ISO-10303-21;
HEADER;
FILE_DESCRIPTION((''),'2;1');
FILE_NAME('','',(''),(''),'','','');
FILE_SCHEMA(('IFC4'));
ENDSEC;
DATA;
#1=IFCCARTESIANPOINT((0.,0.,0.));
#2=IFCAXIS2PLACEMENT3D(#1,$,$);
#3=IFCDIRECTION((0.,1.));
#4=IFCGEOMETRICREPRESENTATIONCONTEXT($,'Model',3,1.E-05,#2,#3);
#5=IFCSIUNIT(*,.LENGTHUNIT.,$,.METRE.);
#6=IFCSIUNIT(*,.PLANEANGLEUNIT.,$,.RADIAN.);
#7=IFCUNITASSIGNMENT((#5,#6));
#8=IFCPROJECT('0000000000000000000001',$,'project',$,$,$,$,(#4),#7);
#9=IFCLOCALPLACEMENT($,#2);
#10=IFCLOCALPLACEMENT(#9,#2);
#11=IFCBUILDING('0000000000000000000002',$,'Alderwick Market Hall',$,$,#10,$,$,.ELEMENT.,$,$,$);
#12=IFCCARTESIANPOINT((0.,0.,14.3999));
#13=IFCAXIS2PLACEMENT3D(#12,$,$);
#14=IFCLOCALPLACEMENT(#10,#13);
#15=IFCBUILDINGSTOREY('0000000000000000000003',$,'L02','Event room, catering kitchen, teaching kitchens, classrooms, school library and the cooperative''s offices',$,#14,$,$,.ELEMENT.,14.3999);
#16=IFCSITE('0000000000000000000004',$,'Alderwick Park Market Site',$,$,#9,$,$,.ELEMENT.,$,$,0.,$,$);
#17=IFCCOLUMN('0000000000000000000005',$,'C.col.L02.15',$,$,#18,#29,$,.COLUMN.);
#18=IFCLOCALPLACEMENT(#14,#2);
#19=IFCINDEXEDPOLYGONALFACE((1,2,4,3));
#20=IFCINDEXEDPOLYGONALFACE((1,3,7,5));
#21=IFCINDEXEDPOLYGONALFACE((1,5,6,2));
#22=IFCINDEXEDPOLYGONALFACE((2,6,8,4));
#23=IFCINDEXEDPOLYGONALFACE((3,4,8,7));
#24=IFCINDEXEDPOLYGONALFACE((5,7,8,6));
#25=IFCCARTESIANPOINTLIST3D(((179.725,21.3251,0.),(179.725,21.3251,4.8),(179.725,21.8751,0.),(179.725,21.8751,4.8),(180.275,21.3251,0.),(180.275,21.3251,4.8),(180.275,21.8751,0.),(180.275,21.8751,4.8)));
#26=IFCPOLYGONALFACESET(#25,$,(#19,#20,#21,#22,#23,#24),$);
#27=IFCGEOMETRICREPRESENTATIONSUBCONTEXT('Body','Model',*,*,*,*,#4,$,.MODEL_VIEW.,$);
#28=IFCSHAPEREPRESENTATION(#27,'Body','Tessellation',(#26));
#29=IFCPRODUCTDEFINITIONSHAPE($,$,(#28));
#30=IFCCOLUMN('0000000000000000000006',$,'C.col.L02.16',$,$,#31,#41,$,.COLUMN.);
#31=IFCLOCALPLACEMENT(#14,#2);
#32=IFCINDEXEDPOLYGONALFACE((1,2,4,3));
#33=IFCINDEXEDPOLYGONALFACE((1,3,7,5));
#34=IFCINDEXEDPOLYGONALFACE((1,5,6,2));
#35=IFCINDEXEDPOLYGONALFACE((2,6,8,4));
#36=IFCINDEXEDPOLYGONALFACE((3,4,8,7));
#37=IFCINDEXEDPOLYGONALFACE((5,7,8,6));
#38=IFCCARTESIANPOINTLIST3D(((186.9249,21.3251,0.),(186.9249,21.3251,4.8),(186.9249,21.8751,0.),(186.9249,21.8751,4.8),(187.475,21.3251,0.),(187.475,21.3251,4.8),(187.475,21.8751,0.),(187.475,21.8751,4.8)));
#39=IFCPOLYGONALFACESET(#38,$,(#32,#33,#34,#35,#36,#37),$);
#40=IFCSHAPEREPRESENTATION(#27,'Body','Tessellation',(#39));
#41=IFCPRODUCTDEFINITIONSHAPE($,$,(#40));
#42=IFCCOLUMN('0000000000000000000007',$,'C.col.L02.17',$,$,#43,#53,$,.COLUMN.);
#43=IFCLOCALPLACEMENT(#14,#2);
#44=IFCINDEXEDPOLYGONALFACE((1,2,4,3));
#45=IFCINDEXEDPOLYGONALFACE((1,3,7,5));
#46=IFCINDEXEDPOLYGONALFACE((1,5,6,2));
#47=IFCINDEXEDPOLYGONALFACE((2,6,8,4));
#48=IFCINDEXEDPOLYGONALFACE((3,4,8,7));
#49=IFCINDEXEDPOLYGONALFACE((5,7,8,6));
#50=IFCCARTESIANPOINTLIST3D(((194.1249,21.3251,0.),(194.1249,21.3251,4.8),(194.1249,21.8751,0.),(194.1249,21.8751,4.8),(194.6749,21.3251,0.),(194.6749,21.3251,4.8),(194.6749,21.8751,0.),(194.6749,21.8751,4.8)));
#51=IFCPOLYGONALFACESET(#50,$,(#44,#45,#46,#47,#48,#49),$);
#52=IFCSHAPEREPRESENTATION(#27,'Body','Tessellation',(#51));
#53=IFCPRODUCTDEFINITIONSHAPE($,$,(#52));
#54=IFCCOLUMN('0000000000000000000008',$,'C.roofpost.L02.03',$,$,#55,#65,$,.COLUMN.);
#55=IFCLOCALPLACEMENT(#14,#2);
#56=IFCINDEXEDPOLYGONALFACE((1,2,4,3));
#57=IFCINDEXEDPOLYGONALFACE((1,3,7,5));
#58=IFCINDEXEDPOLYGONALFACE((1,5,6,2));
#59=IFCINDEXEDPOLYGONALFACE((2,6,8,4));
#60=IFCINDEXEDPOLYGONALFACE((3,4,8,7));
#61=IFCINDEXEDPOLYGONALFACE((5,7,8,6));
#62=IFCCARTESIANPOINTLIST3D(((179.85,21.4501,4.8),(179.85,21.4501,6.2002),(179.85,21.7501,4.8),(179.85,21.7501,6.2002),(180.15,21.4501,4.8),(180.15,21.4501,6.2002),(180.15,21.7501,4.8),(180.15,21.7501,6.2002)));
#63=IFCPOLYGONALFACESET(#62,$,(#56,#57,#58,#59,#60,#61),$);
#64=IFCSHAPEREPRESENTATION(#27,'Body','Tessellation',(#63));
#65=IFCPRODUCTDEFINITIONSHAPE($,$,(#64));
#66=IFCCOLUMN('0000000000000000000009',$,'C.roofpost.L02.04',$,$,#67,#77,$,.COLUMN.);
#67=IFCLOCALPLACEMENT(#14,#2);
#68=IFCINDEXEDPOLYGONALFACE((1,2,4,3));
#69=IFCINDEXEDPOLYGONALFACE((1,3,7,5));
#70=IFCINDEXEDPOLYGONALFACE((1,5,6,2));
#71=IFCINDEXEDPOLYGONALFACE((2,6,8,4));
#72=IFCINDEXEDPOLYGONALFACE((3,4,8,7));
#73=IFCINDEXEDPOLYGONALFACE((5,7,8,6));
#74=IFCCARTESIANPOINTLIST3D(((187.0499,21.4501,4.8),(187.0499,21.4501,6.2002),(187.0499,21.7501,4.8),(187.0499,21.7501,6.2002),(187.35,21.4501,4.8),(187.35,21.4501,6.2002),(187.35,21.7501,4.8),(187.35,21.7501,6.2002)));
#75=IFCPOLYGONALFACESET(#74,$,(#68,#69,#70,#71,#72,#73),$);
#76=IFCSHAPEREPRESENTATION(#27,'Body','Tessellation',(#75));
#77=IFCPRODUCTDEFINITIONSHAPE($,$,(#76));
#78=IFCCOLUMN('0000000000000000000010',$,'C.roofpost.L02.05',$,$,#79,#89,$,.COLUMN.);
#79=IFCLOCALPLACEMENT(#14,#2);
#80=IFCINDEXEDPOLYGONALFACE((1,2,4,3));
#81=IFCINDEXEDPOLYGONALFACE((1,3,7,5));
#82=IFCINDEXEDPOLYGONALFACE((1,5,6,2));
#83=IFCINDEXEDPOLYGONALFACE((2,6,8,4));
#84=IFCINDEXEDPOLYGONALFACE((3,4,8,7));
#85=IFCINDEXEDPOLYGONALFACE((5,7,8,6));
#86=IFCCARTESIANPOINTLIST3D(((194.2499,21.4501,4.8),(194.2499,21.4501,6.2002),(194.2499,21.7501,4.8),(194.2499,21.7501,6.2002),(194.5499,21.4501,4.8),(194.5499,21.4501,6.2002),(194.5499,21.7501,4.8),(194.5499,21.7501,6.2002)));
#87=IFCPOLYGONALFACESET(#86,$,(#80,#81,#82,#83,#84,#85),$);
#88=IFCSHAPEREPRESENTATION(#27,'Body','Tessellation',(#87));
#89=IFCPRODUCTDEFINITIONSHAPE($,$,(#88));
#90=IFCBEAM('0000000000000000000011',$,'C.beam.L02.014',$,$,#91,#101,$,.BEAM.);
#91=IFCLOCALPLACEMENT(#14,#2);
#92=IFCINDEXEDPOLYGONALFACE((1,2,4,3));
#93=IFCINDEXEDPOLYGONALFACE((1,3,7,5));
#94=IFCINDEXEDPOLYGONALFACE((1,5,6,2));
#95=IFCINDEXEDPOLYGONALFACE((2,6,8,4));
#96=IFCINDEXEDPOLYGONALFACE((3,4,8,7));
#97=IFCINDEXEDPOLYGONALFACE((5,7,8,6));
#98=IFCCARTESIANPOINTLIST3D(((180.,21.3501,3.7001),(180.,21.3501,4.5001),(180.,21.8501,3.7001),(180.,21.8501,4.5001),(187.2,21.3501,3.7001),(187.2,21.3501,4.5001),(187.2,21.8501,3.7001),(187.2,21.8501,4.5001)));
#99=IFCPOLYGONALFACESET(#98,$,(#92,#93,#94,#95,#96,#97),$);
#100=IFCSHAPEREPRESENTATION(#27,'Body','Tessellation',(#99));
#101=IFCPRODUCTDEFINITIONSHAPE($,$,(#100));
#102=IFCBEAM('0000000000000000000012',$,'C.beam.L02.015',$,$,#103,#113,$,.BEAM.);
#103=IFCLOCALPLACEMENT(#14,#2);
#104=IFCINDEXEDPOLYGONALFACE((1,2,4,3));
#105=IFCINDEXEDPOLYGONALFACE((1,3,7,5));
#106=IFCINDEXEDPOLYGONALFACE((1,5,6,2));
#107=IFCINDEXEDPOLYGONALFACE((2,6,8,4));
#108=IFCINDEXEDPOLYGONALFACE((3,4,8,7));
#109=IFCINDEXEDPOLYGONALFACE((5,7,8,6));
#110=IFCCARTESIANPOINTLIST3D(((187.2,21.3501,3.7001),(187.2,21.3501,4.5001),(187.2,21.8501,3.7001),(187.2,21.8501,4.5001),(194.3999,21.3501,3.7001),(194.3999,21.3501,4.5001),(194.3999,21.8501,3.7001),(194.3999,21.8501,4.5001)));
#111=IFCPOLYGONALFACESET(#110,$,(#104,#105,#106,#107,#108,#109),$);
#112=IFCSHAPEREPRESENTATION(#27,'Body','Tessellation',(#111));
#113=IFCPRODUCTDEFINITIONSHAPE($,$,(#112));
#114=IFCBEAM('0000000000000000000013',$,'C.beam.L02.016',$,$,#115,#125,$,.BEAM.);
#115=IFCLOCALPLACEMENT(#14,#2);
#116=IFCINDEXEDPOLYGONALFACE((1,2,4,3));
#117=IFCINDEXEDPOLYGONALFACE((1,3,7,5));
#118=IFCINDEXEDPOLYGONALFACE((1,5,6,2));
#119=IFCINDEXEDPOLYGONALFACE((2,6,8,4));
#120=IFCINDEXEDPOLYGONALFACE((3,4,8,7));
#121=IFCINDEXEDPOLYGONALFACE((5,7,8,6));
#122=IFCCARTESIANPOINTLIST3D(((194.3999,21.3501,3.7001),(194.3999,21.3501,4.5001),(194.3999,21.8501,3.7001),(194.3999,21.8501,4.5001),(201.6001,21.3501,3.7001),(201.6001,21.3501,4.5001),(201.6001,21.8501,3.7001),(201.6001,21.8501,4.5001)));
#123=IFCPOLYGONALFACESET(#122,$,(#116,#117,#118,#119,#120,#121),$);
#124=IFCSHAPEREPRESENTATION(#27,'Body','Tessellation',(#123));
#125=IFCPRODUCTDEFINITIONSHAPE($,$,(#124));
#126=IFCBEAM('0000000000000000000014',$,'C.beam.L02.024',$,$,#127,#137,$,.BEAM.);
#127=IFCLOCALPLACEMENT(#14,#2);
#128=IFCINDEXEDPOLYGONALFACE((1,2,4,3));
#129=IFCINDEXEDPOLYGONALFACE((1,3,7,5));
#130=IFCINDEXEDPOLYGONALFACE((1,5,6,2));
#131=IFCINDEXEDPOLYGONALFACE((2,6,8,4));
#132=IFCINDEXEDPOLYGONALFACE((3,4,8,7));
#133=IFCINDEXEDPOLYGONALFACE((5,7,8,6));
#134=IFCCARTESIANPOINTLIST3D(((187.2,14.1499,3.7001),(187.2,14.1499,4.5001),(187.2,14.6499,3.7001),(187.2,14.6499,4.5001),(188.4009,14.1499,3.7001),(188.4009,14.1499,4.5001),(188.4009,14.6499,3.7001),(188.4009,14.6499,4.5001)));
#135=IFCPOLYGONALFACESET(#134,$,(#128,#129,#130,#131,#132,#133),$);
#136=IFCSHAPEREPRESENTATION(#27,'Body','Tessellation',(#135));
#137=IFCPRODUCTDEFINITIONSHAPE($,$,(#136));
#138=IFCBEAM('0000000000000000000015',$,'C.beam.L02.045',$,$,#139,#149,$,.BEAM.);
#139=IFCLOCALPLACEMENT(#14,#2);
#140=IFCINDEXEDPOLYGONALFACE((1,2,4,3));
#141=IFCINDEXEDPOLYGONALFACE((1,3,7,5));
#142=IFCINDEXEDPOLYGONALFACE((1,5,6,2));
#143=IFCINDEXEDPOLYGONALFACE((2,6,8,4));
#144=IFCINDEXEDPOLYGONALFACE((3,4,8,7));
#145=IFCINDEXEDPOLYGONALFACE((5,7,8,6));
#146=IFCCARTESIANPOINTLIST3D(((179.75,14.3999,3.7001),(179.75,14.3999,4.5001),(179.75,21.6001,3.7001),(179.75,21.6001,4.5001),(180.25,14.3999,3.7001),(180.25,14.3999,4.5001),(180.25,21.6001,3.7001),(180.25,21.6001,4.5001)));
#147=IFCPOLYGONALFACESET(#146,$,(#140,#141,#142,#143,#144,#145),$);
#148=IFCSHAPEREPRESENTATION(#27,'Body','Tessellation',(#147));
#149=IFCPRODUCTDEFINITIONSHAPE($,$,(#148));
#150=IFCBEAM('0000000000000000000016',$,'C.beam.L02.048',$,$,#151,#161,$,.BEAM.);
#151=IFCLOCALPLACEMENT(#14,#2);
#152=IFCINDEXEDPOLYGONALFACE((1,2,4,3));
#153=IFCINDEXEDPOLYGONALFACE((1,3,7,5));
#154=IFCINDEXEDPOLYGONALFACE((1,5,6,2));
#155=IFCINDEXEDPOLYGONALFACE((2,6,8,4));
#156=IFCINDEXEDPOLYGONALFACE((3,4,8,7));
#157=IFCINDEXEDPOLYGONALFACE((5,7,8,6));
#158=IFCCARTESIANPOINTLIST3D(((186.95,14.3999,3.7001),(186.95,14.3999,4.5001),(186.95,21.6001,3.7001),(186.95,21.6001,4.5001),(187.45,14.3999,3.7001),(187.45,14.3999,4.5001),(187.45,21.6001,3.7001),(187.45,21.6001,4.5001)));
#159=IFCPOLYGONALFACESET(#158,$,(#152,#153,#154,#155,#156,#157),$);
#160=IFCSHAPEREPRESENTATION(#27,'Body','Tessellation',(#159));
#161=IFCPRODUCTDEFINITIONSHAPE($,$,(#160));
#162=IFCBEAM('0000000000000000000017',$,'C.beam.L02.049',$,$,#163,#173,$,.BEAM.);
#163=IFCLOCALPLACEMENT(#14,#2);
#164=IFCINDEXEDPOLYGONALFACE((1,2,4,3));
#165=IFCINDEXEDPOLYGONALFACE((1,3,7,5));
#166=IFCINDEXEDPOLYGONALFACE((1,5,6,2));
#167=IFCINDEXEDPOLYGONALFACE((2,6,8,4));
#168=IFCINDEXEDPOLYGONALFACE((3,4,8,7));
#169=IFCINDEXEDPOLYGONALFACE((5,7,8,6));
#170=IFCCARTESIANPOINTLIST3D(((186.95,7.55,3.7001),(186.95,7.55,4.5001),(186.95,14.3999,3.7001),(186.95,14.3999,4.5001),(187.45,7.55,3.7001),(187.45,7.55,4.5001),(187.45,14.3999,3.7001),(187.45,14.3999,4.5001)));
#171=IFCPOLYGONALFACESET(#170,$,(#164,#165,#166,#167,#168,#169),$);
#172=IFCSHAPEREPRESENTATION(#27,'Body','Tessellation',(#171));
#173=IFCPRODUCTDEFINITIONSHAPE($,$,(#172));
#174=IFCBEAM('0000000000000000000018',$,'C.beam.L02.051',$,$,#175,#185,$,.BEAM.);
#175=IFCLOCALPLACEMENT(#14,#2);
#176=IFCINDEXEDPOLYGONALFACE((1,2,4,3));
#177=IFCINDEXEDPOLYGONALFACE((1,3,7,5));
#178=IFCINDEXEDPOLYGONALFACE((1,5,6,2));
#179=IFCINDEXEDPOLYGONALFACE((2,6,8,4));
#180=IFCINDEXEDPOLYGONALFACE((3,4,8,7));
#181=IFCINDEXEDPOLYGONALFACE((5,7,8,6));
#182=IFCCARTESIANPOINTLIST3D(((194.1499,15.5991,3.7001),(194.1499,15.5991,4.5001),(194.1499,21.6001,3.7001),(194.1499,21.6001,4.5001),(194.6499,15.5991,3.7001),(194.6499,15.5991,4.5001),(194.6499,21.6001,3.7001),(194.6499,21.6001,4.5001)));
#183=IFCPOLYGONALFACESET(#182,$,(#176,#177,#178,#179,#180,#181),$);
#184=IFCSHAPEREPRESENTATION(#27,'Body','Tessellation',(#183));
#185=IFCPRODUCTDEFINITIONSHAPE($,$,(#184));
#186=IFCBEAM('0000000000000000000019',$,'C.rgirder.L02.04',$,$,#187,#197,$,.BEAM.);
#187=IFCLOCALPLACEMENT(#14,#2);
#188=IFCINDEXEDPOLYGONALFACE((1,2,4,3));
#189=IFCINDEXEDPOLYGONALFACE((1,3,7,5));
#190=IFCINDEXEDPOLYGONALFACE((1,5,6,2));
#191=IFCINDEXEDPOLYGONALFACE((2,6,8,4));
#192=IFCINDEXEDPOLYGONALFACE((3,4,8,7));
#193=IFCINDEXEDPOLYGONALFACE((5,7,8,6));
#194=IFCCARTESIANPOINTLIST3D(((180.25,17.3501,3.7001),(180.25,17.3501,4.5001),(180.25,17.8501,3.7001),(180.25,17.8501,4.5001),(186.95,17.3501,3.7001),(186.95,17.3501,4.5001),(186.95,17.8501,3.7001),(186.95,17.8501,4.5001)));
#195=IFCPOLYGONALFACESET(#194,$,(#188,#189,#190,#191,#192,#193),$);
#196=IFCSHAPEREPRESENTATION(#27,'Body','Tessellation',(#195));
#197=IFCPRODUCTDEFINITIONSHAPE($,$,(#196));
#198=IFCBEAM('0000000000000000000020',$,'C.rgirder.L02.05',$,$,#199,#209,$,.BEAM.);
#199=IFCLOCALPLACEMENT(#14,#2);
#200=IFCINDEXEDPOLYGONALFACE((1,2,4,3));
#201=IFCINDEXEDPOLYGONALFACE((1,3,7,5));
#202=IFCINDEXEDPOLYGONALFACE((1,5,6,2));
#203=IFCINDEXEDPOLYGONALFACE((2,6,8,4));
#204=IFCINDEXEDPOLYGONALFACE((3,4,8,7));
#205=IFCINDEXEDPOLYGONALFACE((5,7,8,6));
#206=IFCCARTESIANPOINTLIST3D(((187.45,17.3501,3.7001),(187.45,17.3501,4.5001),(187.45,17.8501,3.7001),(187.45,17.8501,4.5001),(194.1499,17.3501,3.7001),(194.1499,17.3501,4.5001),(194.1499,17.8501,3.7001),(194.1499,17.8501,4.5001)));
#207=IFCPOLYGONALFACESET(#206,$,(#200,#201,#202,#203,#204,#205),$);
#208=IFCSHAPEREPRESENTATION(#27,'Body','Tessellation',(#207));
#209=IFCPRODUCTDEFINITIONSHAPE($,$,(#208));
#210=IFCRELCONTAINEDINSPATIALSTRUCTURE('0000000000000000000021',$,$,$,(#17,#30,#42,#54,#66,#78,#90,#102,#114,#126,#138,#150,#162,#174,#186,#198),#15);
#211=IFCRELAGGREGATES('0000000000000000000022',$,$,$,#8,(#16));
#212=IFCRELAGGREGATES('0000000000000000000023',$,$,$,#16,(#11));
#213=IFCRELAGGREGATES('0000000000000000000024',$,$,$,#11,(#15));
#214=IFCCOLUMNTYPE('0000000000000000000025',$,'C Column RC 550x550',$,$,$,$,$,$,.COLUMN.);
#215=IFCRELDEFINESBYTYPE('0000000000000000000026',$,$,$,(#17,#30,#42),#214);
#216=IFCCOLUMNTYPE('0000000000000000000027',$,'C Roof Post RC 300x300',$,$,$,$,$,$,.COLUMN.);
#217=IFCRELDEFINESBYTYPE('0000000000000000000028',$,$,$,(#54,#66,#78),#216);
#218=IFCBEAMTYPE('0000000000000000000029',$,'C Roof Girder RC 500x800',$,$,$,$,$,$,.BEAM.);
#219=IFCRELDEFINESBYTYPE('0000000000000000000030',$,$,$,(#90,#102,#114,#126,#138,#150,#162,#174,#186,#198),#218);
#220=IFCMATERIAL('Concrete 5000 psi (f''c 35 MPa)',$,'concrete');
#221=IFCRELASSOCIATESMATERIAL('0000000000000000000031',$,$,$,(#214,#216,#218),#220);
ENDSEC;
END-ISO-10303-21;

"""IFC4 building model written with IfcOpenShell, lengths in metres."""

from ifc_helpers import new_model, si_unit, direction, frame, origin, origin_2d, place, context, subcontext, project, spatial, rectangle, extrude, material, material_profile, profile_set, type_object, element, save


model = new_model("IFC4")

# Units and contexts
model_context = context("Model", 3, precision=1e-05, world=origin(), true_north=direction((0.0, 1.0)))
body_context = subcontext(model_context, "Body", "Model", "MODEL_VIEW")
ifc_project = project(units=[si_unit("LENGTHUNIT", "METRE"), si_unit("PLANEANGLEUNIT", "RADIAN")], contexts=[model_context])

# Site, building, storey
site_placement = place(None, origin())
site = spatial("IfcSite", under=ifc_project, at=site_placement, Name="Alderwick Park Market Site", CompositionType="ELEMENT", RefElevation=0.0)
building_placement = place(site_placement, origin())
building = spatial("IfcBuilding", under=site, at=building_placement, Name="Alderwick Market Hall", CompositionType="ELEMENT")
storey_placement = place(building_placement, frame((0.0, 0.0, 14.3999)))
storey = spatial("IfcBuildingStorey", under=building, at=storey_placement, Name="L02", Description="Event room, catering kitchen, teaching kitchens, classrooms, school library and the cooperative's offices", CompositionType="ELEMENT", Elevation=14.3999)

# Columns
ifc_material_1 = material(Name="Concrete 5000 psi (f'c 35 MPa)", Category="concrete")
ifc_material_profile_1 = material_profile(ifc_material_1, rectangle(XDim=0.55, YDim=0.55, at=origin_2d()), Name="RC 550x550")
ifc_profile_set_1 = profile_set([ifc_material_profile_1], Name="Concrete 5000 psi (f'c 35 MPa)")
column_type_1 = type_object("IfcColumnType", Name="C Column RC 550x550", PredefinedType="COLUMN", material=ifc_profile_set_1)
for number, where, z_axis, x_axis, name in (
    (1, (180.0, 21.6001, 0.0), (0.0, 0.0, 1.0), (1.0, 0.0, 0.0), "C.col.L02.15"),
    (2, (187.2, 21.6001, 0.0), (0.0, 0.0, 1.0), (1.0, 0.0, 0.0), "C.col.L02.16"),
    (3, (194.3999, 21.6001, 0.0), (0.0, 0.0, 1.0), (1.0, 0.0, 0.0), "C.col.L02.17"),
):
    element("IfcColumn", number, at=place(storey_placement, frame(where, z_axis=z_axis, x_axis=x_axis)), inside=storey, type_object=column_type_1, Name=name, PredefinedType="COLUMN", context=body_context, shape_type="SweptSolid", body=[
        extrude(rectangle(XDim=0.55, YDim=0.55, at=origin_2d()), origin(), (0.0, 0.0, 1.0), 4.8),
    ])
ifc_material_profile_2 = material_profile(ifc_material_1, rectangle(XDim=0.3, YDim=0.3, at=origin_2d()), Name="RC 300x300")
ifc_profile_set_2 = profile_set([ifc_material_profile_2], Name="Concrete 5000 psi (f'c 35 MPa)")
column_type_2 = type_object("IfcColumnType", Name="C Roof Post RC 300x300", PredefinedType="COLUMN", material=ifc_profile_set_2)
for number, where, z_axis, x_axis, name in (
    (4, (180.0, 21.6001, 4.8), (0.0, 0.0, 1.0), (1.0, 0.0, 0.0), "C.roofpost.L02.03"),
    (5, (187.2, 21.6001, 4.8), (0.0, 0.0, 1.0), (1.0, 0.0, 0.0), "C.roofpost.L02.04"),
    (6, (194.3999, 21.6001, 4.8), (0.0, 0.0, 1.0), (1.0, 0.0, 0.0), "C.roofpost.L02.05"),
):
    element("IfcColumn", number, at=place(storey_placement, frame(where, z_axis=z_axis, x_axis=x_axis)), inside=storey, type_object=column_type_2, Name=name, PredefinedType="COLUMN", context=body_context, shape_type="SweptSolid", body=[
        extrude(rectangle(XDim=0.3, YDim=0.3, at=origin_2d()), origin(), (0.0, 0.0, 1.0), 1.4001),
    ])

# Beams
ifc_material_profile_3 = material_profile(ifc_material_1, rectangle(XDim=0.5, YDim=0.8, at=origin_2d()), Name="RC 500x800")
ifc_profile_set_3 = profile_set([ifc_material_profile_3], Name="Concrete 5000 psi (f'c 35 MPa)")
beam_type = type_object("IfcBeamType", Name="C Roof Girder RC 500x800", PredefinedType="BEAM", material=ifc_profile_set_3)
for number, where, z_axis, x_axis, name in (
    (7, (180.0, 21.6001, 4.1001), (1.0, 0.0, 0.0), (0.0, 1.0, 0.0), "C.beam.L02.014"),
    (8, (187.2, 21.6001, 4.1001), (1.0, 0.0, 0.0), (0.0, 1.0, 0.0), "C.beam.L02.015"),
):
    element("IfcBeam", number, at=place(storey_placement, frame(where, z_axis=z_axis, x_axis=x_axis)), inside=storey, type_object=beam_type, Name=name, PredefinedType="BEAM", context=body_context, shape_type="SweptSolid", body=[
        extrude(rectangle(XDim=0.5, YDim=0.8, at=origin_2d()), origin(), (0.0, 0.0, 1.0), 7.2),
    ])
beam_1_placement = place(storey_placement, frame((194.3999, 21.6001, 4.1001), z_axis=(1.0, 0.0, 0.0), x_axis=(0.0, 1.0, 0.0)))
element("IfcBeam", 9, at=beam_1_placement, inside=storey, type_object=beam_type, Name="C.beam.L02.016", PredefinedType="BEAM", context=body_context, shape_type="SweptSolid", body=[
    extrude(rectangle(XDim=0.5, YDim=0.8, at=origin_2d()), origin(), (0.0, 0.0, 1.0), 7.2002),
])
beam_2_placement = place(storey_placement, frame((187.2, 14.3999, 4.1001), z_axis=(1.0, 0.0, 0.0), x_axis=(0.0, 1.0, 0.0)))
element("IfcBeam", 10, at=beam_2_placement, inside=storey, type_object=beam_type, Name="C.beam.L02.024", PredefinedType="BEAM", context=body_context, shape_type="SweptSolid", body=[
    extrude(rectangle(XDim=0.5, YDim=0.8, at=origin_2d()), origin(), (0.0, 0.0, 1.0), 1.2009),
])
for number, where, z_axis, x_axis, name in (
    (11, (180.0, 21.6001, 4.1001), (0.0, -1.0, 0.0), (1.0, 0.0, 0.0), "C.beam.L02.045"),
    (12, (187.2, 21.6001, 4.1001), (0.0, -1.0, 0.0), (1.0, 0.0, 0.0), "C.beam.L02.048"),
):
    element("IfcBeam", number, at=place(storey_placement, frame(where, z_axis=z_axis, x_axis=x_axis)), inside=storey, type_object=beam_type, Name=name, PredefinedType="BEAM", context=body_context, shape_type="SweptSolid", body=[
        extrude(rectangle(XDim=0.5, YDim=0.8, at=origin_2d()), origin(), (0.0, 0.0, 1.0), 7.2002),
    ])
beam_3_placement = place(storey_placement, frame((187.2, 14.3999, 4.1001), z_axis=(0.0, -1.0, 0.0), x_axis=(1.0, 0.0, 0.0)))
element("IfcBeam", 13, at=beam_3_placement, inside=storey, type_object=beam_type, Name="C.beam.L02.049", PredefinedType="BEAM", context=body_context, shape_type="SweptSolid", body=[
    extrude(rectangle(XDim=0.5, YDim=0.8, at=origin_2d()), origin(), (0.0, 0.0, 1.0), 6.8499),
])
beam_4_placement = place(storey_placement, frame((194.3999, 21.6001, 4.1001), z_axis=(0.0, -1.0, 0.0), x_axis=(1.0, 0.0, 0.0)))
element("IfcBeam", 14, at=beam_4_placement, inside=storey, type_object=beam_type, Name="C.beam.L02.051", PredefinedType="BEAM", context=body_context, shape_type="SweptSolid", body=[
    extrude(rectangle(XDim=0.5, YDim=0.8, at=origin_2d()), origin(), (0.0, 0.0, 1.0), 6.001),
])
for number, where, z_axis, x_axis, name in (
    (15, (180.25, 17.6001, 4.1001), (1.0, 0.0, 0.0), (0.0, 1.0, 0.0), "C.rgirder.L02.04"),
    (16, (187.45, 17.6001, 4.1001), (1.0, 0.0, 0.0), (0.0, 1.0, 0.0), "C.rgirder.L02.05"),
):
    element("IfcBeam", number, at=place(storey_placement, frame(where, z_axis=z_axis, x_axis=x_axis)), inside=storey, type_object=beam_type, Name=name, PredefinedType="BEAM", context=body_context, shape_type="SweptSolid", body=[
        extrude(rectangle(XDim=0.5, YDim=0.8, at=origin_2d()), origin(), (0.0, 0.0, 1.0), 6.7),
    ])

save(model, "model.ifc")
